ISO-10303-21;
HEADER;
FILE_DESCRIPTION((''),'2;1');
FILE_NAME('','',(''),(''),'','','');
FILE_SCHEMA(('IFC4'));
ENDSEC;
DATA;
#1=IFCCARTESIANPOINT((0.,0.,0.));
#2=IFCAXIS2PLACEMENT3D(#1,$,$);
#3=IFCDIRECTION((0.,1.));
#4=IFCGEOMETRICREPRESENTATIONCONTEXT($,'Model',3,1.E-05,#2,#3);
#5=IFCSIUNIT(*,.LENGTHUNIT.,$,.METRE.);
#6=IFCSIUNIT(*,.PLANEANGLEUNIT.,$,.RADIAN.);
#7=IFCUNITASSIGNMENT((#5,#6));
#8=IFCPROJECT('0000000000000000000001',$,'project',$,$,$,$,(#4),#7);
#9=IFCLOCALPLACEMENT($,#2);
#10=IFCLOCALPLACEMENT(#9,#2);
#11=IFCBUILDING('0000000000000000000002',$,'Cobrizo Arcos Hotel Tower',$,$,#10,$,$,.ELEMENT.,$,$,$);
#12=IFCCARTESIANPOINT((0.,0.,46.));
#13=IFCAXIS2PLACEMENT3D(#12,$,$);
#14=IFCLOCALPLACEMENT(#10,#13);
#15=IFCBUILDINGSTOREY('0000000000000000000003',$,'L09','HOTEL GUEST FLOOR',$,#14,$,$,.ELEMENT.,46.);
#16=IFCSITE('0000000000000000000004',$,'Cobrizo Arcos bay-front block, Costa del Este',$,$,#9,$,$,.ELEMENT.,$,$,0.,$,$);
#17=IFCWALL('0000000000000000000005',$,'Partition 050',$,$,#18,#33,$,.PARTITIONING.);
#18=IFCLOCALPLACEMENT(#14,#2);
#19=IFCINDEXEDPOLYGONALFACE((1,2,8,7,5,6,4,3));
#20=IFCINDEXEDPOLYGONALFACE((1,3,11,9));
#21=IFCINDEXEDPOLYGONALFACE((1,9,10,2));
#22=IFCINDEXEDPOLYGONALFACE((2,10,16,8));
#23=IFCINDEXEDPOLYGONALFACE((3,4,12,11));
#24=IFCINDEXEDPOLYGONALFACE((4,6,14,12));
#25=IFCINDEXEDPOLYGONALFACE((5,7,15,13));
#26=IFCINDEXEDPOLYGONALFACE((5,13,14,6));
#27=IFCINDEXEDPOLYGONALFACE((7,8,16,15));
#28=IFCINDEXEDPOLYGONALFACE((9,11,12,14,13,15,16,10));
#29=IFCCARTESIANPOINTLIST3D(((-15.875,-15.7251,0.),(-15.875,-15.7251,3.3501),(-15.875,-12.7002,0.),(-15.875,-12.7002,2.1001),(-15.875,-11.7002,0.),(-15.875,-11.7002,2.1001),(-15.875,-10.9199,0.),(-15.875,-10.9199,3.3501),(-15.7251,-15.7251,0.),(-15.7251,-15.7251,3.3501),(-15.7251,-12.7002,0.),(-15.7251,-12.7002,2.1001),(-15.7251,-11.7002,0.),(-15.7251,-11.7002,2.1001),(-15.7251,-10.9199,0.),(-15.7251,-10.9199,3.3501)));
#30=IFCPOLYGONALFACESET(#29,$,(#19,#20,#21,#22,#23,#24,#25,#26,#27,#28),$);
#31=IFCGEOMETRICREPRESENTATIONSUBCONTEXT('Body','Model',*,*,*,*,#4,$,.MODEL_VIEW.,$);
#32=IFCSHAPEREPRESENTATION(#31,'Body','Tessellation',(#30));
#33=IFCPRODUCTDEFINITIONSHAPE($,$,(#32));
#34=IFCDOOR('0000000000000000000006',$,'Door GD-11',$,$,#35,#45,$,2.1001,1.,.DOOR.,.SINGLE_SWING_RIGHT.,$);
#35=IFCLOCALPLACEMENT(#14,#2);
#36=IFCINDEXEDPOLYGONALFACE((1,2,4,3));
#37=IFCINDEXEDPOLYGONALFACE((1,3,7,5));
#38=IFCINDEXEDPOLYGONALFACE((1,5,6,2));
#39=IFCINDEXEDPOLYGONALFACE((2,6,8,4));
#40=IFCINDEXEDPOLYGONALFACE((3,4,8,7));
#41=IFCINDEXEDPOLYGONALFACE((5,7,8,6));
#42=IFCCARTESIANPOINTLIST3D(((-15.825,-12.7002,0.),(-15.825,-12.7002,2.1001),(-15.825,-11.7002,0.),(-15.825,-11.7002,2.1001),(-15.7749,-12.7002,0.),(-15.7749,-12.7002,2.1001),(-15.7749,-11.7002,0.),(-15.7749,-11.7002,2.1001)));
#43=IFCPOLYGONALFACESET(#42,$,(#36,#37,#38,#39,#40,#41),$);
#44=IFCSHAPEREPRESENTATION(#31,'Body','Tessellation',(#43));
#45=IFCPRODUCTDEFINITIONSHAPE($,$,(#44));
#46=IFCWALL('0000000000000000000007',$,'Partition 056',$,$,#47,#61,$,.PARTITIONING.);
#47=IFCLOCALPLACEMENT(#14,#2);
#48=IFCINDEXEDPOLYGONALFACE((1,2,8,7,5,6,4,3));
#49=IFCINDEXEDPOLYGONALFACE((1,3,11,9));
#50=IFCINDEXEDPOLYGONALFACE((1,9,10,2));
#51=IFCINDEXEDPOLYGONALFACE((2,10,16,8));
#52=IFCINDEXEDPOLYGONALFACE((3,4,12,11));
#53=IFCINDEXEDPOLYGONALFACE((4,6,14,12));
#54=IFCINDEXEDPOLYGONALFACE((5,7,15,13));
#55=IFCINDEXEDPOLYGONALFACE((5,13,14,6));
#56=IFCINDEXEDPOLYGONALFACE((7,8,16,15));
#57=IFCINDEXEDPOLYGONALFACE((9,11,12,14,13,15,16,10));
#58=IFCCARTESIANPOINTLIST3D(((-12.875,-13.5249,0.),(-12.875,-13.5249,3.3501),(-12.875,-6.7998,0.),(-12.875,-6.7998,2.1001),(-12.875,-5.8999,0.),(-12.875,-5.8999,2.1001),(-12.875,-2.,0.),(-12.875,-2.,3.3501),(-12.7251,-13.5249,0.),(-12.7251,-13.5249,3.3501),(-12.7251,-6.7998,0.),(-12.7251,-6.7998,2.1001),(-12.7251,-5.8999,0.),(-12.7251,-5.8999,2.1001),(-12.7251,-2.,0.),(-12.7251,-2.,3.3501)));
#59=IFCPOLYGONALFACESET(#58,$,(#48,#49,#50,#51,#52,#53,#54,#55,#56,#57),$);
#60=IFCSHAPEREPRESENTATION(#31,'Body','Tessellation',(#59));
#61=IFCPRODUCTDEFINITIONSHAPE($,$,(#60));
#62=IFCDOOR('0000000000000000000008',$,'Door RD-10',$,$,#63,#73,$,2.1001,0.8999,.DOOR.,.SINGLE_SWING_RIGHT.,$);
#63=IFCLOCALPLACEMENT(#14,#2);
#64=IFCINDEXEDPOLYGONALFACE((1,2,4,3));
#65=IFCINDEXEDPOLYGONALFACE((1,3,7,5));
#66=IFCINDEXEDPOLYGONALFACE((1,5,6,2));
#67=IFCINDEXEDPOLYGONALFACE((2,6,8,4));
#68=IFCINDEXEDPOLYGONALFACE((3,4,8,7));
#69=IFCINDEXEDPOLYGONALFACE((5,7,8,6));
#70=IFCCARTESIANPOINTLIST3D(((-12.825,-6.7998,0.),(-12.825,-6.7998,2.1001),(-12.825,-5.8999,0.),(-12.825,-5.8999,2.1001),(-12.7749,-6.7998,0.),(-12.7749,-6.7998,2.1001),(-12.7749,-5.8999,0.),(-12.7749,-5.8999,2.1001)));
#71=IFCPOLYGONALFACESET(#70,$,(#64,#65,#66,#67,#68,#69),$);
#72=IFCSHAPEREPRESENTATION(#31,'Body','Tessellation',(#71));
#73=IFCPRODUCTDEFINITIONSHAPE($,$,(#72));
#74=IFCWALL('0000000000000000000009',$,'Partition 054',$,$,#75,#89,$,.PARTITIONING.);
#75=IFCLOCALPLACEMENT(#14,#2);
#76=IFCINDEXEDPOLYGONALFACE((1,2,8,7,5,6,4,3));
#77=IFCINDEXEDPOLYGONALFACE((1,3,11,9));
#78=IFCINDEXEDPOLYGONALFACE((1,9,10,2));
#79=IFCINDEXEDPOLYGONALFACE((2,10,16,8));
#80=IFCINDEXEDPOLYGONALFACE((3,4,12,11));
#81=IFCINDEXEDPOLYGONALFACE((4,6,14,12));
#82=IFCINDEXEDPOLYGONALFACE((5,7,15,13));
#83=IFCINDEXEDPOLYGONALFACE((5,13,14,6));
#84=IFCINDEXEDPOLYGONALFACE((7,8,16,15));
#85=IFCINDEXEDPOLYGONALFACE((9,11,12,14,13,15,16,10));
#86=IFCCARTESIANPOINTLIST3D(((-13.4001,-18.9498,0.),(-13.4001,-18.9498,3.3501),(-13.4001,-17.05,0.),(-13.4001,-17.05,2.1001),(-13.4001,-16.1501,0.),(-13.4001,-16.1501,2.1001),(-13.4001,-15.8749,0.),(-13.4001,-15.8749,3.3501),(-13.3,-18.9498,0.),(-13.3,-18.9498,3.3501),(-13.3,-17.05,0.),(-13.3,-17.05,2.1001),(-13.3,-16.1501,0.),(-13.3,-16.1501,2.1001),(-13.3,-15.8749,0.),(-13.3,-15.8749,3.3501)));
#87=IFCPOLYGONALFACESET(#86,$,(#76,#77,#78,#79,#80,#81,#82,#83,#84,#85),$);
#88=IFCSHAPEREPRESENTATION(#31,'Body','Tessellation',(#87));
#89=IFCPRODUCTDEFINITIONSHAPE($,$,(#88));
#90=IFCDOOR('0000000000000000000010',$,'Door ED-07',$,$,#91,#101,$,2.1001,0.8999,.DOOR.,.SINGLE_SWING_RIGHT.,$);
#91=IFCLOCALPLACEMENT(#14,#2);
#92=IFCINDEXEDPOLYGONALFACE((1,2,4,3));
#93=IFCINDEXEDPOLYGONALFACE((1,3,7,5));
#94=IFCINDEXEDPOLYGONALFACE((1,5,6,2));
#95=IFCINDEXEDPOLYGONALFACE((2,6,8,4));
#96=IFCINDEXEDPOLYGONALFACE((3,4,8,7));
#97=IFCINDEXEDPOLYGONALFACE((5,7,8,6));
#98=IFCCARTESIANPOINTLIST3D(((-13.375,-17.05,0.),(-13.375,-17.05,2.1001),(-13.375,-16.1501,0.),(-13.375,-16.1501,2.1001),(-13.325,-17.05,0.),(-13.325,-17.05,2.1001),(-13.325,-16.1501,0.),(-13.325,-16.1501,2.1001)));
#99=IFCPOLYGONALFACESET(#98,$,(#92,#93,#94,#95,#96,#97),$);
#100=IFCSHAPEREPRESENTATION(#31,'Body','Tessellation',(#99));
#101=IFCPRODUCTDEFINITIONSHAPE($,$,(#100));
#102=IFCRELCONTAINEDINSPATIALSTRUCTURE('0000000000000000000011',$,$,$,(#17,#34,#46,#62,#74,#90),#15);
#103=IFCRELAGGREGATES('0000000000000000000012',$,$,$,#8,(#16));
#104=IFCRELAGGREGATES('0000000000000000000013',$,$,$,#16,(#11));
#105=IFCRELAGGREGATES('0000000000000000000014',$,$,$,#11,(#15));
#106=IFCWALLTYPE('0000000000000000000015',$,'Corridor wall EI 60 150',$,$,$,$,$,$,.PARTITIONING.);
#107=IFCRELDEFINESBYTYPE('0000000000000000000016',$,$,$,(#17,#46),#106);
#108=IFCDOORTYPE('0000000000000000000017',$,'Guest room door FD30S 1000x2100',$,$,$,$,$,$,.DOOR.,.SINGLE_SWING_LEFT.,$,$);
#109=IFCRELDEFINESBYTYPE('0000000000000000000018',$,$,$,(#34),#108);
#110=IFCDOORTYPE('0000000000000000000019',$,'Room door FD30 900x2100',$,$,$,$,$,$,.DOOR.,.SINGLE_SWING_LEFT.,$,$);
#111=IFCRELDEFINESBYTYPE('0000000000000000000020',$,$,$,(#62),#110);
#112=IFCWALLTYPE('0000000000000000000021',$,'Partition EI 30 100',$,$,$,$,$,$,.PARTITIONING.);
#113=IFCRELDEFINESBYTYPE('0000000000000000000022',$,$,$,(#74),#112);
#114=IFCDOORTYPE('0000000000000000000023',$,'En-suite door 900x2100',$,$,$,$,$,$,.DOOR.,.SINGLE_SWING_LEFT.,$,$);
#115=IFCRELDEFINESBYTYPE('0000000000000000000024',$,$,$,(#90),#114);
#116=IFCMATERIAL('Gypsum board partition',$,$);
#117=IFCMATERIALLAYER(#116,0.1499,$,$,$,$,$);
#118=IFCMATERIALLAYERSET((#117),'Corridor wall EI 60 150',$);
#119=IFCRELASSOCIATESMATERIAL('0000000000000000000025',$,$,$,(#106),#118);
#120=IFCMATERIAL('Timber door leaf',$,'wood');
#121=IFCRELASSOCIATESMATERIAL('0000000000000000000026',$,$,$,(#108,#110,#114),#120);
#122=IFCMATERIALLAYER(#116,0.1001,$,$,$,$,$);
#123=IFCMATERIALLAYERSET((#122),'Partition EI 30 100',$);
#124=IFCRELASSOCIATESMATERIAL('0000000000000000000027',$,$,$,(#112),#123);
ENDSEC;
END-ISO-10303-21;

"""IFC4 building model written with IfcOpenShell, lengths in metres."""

from ifc_helpers import new_model, si_unit, direction, frame, frame_2d, origin, place, context, subcontext, project, spatial, rectangle, extrude, material, layer, layer_set, type_object, element, fill, save


model = new_model("IFC4")

# Units and contexts
model_context = context("Model", 3, precision=1e-05, world=origin(), true_north=direction((0.0, 1.0)))
body_context = subcontext(model_context, "Body", "Model", "MODEL_VIEW")
ifc_project = project(units=[si_unit("LENGTHUNIT", "METRE"), si_unit("PLANEANGLEUNIT", "RADIAN")], contexts=[model_context])

# Site, building, storey
site_placement = place(None, origin())
site = spatial("IfcSite", under=ifc_project, at=site_placement, Name="Cobrizo Arcos bay-front block, Costa del Este", CompositionType="ELEMENT", RefElevation=0.0)
building_placement = place(site_placement, origin())
building = spatial("IfcBuilding", under=site, at=building_placement, Name="Cobrizo Arcos Hotel Tower", CompositionType="ELEMENT")
storey_placement = place(building_placement, frame((0.0, 0.0, 46.0)))
storey = spatial("IfcBuildingStorey", under=building, at=storey_placement, Name="L09", Description="HOTEL GUEST FLOOR", CompositionType="ELEMENT", Elevation=46.0)

# Shared definitions
ifc_material_1 = material(Name="Gypsum board partition")
ifc_layer_1 = layer(ifc_material_1, 0.1499)
ifc_layer_set_1 = layer_set([ifc_layer_1], Name="Corridor wall EI 60 150")
wall_type_1 = type_object("IfcWallType", Name="Corridor wall EI 60 150", PredefinedType="PARTITIONING", material=ifc_layer_set_1)
ifc_material_2 = material(Name="Timber door leaf", Category="wood")
door_type_1 = type_object("IfcDoorType", Name="Guest room door FD30S 1000x2100", OperationType="SINGLE_SWING_LEFT", PredefinedType="DOOR", material=ifc_material_2)

# Walls, openings, doors
door_type_2 = type_object("IfcDoorType", Name="Room door FD30 900x2100", OperationType="SINGLE_SWING_LEFT", PredefinedType="DOOR", material=ifc_material_2)
wall_1_placement = place(storey_placement, frame((-15.8, -15.7251, 0.0), z_axis=(0.0, 0.0, 1.0), x_axis=(0.0, 1.0, 0.0)))
wall_1 = element("IfcWall", 1, at=wall_1_placement, inside=storey, type_object=wall_type_1, Name="Partition 050", PredefinedType="PARTITIONING", context=body_context, shape_type="SweptSolid", body=[
    extrude(rectangle(XDim=4.8052, YDim=0.1499, at=frame_2d((2.4026, 0.0))), origin(), (0.0, 0.0, 1.0), 3.3501),
])
opening_1_placement = place(wall_1_placement, frame((3.0249, 0.0, 0.0)))
opening_1 = element("IfcOpeningElement", 2, at=opening_1_placement, cuts=wall_1, PredefinedType="OPENING", context=body_context, shape_type="SweptSolid", body=[
    extrude(rectangle(XDim=1.0, YDim=2.1001, at=frame_2d((0.5, 1.05))), frame((0.0, 0.0869, 0.0), z_axis=(0.0, -1.0, 0.0), x_axis=(1.0, 0.0, 0.0)), (0.0, 0.0, 1.0), 0.1738),
])
door_1_placement = place(opening_1_placement, origin())
door_1 = element("IfcDoor", 3, at=door_1_placement, inside=storey, type_object=door_type_1, Name="Door GD-11", OperationType="SINGLE_SWING_RIGHT", OverallHeight=2.1001, OverallWidth=1.0, PredefinedType="DOOR", context=body_context, shape_type="SweptSolid", body=[
    extrude(rectangle(XDim=1.0, YDim=2.1001, at=frame_2d((0.5, 1.05))), frame((0.0, 0.0249, 0.0), z_axis=(0.0, -1.0, 0.0), x_axis=(1.0, 0.0, 0.0)), (0.0, 0.0, 1.0), 0.05),
])
fill(opening_1, door_1)
wall_2_placement = place(storey_placement, frame((-12.8, -13.5249, 0.0), z_axis=(0.0, 0.0, 1.0), x_axis=(0.0, 1.0, 0.0)))
wall_2 = element("IfcWall", 4, at=wall_2_placement, inside=storey, type_object=wall_type_1, Name="Partition 056", PredefinedType="PARTITIONING", context=body_context, shape_type="SweptSolid", body=[
    extrude(rectangle(XDim=11.5249, YDim=0.1499, at=frame_2d((5.7625, 0.0))), origin(), (0.0, 0.0, 1.0), 3.3501),
])
opening_2_placement = place(wall_2_placement, frame((6.7251, 0.0, 0.0)))
opening_2 = element("IfcOpeningElement", 5, at=opening_2_placement, cuts=wall_2, PredefinedType="OPENING", context=body_context, shape_type="SweptSolid", body=[
    extrude(rectangle(XDim=0.8999, YDim=2.1001, at=frame_2d((0.45, 1.05))), frame((0.0, 0.0869, 0.0), z_axis=(0.0, -1.0, 0.0), x_axis=(1.0, 0.0, 0.0)), (0.0, 0.0, 1.0), 0.1738),
])
door_2_placement = place(opening_2_placement, origin())
door_2 = element("IfcDoor", 6, at=door_2_placement, inside=storey, type_object=door_type_2, Name="Door RD-10", OperationType="SINGLE_SWING_RIGHT", OverallHeight=2.1001, OverallWidth=0.8999, PredefinedType="DOOR", context=body_context, shape_type="SweptSolid", body=[
    extrude(rectangle(XDim=0.8999, YDim=2.1001, at=frame_2d((0.45, 1.05))), frame((0.0, 0.0249, 0.0), z_axis=(0.0, -1.0, 0.0), x_axis=(1.0, 0.0, 0.0)), (0.0, 0.0, 1.0), 0.05),
])
fill(opening_2, door_2)
ifc_layer_2 = layer(ifc_material_1, 0.1001)
ifc_layer_set_2 = layer_set([ifc_layer_2], Name="Partition EI 30 100")
wall_type_2 = type_object("IfcWallType", Name="Partition EI 30 100", PredefinedType="PARTITIONING", material=ifc_layer_set_2)
wall_3_placement = place(storey_placement, frame((-13.3501, -18.95, 0.0), z_axis=(0.0, 0.0, 1.0), x_axis=(0.0, 1.0, 0.0)))
wall_3 = element("IfcWall", 7, at=wall_3_placement, inside=storey, type_object=wall_type_2, Name="Partition 054", PredefinedType="PARTITIONING", context=body_context, shape_type="SweptSolid", body=[
    extrude(rectangle(XDim=3.075, YDim=0.1001, at=frame_2d((1.5376, 0.0))), origin(), (0.0, 0.0, 1.0), 3.3501),
])
opening_3_placement = place(wall_3_placement, frame((1.8999, 0.0, 0.0)))
opening_3 = element("IfcOpeningElement", 8, at=opening_3_placement, cuts=wall_3, PredefinedType="OPENING", context=body_context, shape_type="SweptSolid", body=[
    extrude(rectangle(XDim=0.8999, YDim=2.1001, at=frame_2d((0.45, 1.05))), frame((0.0, 0.062, 0.0), z_axis=(0.0, -1.0, 0.0), x_axis=(1.0, 0.0, 0.0)), (0.0, 0.0, 1.0), 0.124),
])
door_type_3 = type_object("IfcDoorType", Name="En-suite door 900x2100", OperationType="SINGLE_SWING_LEFT", PredefinedType="DOOR", material=ifc_material_2)
door_3_placement = place(opening_3_placement, origin())
door_3 = element("IfcDoor", 9, at=door_3_placement, inside=storey, type_object=door_type_3, Name="Door ED-07", OperationType="SINGLE_SWING_RIGHT", OverallHeight=2.1001, OverallWidth=0.8999, PredefinedType="DOOR", context=body_context, shape_type="SweptSolid", body=[
    extrude(rectangle(XDim=0.8999, YDim=2.1001, at=frame_2d((0.45, 1.05))), frame((0.0, 0.0249, 0.0), z_axis=(0.0, -1.0, 0.0), x_axis=(1.0, 0.0, 0.0)), (0.0, 0.0, 1.0), 0.05),
])
fill(opening_3, door_3)

save(model, "model.ifc")
